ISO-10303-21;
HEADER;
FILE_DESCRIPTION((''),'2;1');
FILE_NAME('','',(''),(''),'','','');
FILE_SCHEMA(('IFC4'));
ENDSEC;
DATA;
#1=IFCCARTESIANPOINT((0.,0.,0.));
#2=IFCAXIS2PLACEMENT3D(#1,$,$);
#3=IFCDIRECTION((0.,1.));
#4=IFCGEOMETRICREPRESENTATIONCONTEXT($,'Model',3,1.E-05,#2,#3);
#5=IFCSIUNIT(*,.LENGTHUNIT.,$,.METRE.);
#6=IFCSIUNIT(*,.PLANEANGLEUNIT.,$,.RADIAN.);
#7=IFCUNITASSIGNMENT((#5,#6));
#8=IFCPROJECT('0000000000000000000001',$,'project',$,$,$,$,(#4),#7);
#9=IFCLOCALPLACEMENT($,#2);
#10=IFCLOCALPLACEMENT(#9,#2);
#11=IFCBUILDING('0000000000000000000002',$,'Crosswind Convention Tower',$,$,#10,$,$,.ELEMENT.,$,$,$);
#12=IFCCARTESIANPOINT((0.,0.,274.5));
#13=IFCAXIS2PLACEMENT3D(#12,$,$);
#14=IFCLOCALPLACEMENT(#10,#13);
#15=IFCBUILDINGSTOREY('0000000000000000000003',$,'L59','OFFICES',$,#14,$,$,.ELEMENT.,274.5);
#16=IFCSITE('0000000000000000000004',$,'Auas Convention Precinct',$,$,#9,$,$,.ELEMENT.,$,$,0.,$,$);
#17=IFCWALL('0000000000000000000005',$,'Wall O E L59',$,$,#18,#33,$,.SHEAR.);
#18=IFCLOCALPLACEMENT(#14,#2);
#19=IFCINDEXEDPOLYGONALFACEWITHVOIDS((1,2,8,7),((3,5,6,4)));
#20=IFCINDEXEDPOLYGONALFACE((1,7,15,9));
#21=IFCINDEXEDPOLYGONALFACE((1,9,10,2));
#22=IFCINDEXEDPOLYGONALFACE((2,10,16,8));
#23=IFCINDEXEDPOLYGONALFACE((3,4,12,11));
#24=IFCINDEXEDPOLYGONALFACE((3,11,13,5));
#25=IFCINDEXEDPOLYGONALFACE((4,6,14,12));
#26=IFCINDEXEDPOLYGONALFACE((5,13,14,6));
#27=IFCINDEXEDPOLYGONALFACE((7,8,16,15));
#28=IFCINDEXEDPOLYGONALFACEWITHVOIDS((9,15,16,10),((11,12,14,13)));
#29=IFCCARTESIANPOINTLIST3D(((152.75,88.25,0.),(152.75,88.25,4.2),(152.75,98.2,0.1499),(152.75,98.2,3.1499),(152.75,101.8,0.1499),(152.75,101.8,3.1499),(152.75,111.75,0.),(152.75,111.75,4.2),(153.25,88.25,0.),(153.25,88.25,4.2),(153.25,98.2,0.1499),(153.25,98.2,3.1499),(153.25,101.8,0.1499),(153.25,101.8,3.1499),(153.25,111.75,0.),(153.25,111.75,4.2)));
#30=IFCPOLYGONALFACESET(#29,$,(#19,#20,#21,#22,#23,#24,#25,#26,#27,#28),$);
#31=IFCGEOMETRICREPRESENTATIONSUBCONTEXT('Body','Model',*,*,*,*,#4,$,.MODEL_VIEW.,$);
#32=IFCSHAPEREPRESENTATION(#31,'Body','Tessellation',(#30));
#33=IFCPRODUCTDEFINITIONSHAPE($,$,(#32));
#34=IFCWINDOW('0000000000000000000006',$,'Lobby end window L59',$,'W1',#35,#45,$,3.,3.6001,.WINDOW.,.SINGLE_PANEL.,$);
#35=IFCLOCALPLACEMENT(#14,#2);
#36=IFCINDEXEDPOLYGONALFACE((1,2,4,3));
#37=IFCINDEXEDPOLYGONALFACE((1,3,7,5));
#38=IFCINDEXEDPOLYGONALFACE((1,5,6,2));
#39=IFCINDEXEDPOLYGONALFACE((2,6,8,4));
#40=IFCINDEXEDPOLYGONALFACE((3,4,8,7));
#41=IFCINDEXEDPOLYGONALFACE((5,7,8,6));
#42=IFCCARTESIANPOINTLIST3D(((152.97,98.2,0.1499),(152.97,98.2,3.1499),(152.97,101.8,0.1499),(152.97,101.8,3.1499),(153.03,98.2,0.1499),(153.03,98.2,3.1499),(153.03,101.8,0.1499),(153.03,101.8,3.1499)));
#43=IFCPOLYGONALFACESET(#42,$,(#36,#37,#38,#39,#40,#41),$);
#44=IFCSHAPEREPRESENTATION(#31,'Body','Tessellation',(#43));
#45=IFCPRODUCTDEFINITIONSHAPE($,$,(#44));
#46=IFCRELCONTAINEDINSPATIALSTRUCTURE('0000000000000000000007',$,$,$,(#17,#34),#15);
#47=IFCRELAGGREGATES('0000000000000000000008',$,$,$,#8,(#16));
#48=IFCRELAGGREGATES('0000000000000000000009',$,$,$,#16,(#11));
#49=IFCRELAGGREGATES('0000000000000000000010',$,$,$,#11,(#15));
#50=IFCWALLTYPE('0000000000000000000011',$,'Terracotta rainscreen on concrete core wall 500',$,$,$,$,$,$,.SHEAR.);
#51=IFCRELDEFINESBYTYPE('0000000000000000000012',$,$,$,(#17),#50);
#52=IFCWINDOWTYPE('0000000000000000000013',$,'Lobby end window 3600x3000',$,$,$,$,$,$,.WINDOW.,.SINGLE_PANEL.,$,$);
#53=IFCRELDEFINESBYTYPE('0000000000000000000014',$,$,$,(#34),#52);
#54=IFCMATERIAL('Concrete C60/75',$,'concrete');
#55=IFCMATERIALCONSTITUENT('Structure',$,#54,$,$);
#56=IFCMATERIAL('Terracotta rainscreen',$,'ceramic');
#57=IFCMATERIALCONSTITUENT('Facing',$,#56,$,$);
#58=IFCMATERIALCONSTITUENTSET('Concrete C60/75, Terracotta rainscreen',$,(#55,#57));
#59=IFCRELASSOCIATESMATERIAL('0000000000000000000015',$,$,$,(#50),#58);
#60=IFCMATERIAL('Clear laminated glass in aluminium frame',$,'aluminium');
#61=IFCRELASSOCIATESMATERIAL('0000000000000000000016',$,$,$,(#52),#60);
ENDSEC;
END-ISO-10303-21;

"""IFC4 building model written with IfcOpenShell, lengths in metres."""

from ifc_helpers import new_model, si_unit, direction, frame, frame_2d, origin, place, context, subcontext, project, spatial, rectangle, extrude, material, constituent, constituent_set, type_object, element, fill, save


model = new_model("IFC4")

# Units and contexts
model_context = context("Model", 3, precision=1e-05, world=origin(), true_north=direction((0.0, 1.0)))
body_context = subcontext(model_context, "Body", "Model", "MODEL_VIEW")
ifc_project = project(units=[si_unit("LENGTHUNIT", "METRE"), si_unit("PLANEANGLEUNIT", "RADIAN")], contexts=[model_context])

# Site, building, storey
site_placement = place(None, origin())
site = spatial("IfcSite", under=ifc_project, at=site_placement, Name="Auas Convention Precinct", CompositionType="ELEMENT", RefElevation=0.0)
building_placement = place(site_placement, origin())
building = spatial("IfcBuilding", under=site, at=building_placement, Name="Crosswind Convention Tower", CompositionType="ELEMENT")
storey_placement = place(building_placement, frame((0.0, 0.0, 274.5)))
storey = spatial("IfcBuildingStorey", under=building, at=storey_placement, Name="L59", Description="OFFICES", CompositionType="ELEMENT", Elevation=274.5)

# Wall, opening, window
ifc_material_1 = material(Name="Concrete C60/75", Category="concrete")
ifc_constituent_1 = constituent(ifc_material_1, Name="Structure")
ifc_material_2 = material(Name="Terracotta rainscreen", Category="ceramic")
ifc_constituent_2 = constituent(ifc_material_2, Name="Facing")
ifc_constituent_set = constituent_set(constituents=[ifc_constituent_1, ifc_constituent_2], Name="Concrete C60/75, Terracotta rainscreen")
wall_type_1 = type_object("IfcWallType", Name="Terracotta rainscreen on concrete core wall 500", PredefinedType="SHEAR", material=ifc_constituent_set)
wall_1_placement = place(storey_placement, frame((153.0, 88.25, 0.0), z_axis=(0.0, 0.0, 1.0), x_axis=(0.0, 1.0, 0.0)))
wall_1 = element("IfcWall", 1, at=wall_1_placement, inside=storey, type_object=wall_type_1, Name="Wall O E L59", PredefinedType="SHEAR", context=body_context, shape_type="SweptSolid", body=[
    extrude(rectangle(XDim=23.5, YDim=0.5, at=frame_2d((11.75, 0.0))), origin(), (0.0, 0.0, 1.0), 4.2),
])
opening_1_placement = place(wall_1_placement, frame((9.95, 0.0, 0.1499)))
opening_1 = element("IfcOpeningElement", 2, at=opening_1_placement, cuts=wall_1, PredefinedType="OPENING", context=body_context, shape_type="SweptSolid", body=[
    extrude(rectangle(XDim=3.6001, YDim=3.0, at=frame_2d((1.8, 1.5))), frame((0.0, 0.26, 0.0), z_axis=(0.0, -1.0, 0.0), x_axis=(1.0, 0.0, 0.0)), (0.0, 0.0, 1.0), 0.52),
])
ifc_material_3 = material(Name="Clear laminated glass in aluminium frame", Category="aluminium")
window_type = type_object("IfcWindowType", Name="Lobby end window 3600x3000", PartitioningType="SINGLE_PANEL", PredefinedType="WINDOW", material=ifc_material_3)
window_placement = place(opening_1_placement, origin())
window = element("IfcWindow", 3, at=window_placement, inside=storey, type_object=window_type, Name="Lobby end window L59", ObjectType="W1", OverallHeight=3.0, OverallWidth=3.6001, PartitioningType="SINGLE_PANEL", PredefinedType="WINDOW", context=body_context, shape_type="SweptSolid", body=[
    extrude(rectangle(XDim=3.6001, YDim=3.0, at=frame_2d((1.8, 1.5))), frame((0.0, 0.03, 0.0), z_axis=(0.0, -1.0, 0.0), x_axis=(1.0, 0.0, 0.0)), (0.0, 0.0, 1.0), 0.0601),
])
fill(opening_1, window)

save(model, "model.ifc")
